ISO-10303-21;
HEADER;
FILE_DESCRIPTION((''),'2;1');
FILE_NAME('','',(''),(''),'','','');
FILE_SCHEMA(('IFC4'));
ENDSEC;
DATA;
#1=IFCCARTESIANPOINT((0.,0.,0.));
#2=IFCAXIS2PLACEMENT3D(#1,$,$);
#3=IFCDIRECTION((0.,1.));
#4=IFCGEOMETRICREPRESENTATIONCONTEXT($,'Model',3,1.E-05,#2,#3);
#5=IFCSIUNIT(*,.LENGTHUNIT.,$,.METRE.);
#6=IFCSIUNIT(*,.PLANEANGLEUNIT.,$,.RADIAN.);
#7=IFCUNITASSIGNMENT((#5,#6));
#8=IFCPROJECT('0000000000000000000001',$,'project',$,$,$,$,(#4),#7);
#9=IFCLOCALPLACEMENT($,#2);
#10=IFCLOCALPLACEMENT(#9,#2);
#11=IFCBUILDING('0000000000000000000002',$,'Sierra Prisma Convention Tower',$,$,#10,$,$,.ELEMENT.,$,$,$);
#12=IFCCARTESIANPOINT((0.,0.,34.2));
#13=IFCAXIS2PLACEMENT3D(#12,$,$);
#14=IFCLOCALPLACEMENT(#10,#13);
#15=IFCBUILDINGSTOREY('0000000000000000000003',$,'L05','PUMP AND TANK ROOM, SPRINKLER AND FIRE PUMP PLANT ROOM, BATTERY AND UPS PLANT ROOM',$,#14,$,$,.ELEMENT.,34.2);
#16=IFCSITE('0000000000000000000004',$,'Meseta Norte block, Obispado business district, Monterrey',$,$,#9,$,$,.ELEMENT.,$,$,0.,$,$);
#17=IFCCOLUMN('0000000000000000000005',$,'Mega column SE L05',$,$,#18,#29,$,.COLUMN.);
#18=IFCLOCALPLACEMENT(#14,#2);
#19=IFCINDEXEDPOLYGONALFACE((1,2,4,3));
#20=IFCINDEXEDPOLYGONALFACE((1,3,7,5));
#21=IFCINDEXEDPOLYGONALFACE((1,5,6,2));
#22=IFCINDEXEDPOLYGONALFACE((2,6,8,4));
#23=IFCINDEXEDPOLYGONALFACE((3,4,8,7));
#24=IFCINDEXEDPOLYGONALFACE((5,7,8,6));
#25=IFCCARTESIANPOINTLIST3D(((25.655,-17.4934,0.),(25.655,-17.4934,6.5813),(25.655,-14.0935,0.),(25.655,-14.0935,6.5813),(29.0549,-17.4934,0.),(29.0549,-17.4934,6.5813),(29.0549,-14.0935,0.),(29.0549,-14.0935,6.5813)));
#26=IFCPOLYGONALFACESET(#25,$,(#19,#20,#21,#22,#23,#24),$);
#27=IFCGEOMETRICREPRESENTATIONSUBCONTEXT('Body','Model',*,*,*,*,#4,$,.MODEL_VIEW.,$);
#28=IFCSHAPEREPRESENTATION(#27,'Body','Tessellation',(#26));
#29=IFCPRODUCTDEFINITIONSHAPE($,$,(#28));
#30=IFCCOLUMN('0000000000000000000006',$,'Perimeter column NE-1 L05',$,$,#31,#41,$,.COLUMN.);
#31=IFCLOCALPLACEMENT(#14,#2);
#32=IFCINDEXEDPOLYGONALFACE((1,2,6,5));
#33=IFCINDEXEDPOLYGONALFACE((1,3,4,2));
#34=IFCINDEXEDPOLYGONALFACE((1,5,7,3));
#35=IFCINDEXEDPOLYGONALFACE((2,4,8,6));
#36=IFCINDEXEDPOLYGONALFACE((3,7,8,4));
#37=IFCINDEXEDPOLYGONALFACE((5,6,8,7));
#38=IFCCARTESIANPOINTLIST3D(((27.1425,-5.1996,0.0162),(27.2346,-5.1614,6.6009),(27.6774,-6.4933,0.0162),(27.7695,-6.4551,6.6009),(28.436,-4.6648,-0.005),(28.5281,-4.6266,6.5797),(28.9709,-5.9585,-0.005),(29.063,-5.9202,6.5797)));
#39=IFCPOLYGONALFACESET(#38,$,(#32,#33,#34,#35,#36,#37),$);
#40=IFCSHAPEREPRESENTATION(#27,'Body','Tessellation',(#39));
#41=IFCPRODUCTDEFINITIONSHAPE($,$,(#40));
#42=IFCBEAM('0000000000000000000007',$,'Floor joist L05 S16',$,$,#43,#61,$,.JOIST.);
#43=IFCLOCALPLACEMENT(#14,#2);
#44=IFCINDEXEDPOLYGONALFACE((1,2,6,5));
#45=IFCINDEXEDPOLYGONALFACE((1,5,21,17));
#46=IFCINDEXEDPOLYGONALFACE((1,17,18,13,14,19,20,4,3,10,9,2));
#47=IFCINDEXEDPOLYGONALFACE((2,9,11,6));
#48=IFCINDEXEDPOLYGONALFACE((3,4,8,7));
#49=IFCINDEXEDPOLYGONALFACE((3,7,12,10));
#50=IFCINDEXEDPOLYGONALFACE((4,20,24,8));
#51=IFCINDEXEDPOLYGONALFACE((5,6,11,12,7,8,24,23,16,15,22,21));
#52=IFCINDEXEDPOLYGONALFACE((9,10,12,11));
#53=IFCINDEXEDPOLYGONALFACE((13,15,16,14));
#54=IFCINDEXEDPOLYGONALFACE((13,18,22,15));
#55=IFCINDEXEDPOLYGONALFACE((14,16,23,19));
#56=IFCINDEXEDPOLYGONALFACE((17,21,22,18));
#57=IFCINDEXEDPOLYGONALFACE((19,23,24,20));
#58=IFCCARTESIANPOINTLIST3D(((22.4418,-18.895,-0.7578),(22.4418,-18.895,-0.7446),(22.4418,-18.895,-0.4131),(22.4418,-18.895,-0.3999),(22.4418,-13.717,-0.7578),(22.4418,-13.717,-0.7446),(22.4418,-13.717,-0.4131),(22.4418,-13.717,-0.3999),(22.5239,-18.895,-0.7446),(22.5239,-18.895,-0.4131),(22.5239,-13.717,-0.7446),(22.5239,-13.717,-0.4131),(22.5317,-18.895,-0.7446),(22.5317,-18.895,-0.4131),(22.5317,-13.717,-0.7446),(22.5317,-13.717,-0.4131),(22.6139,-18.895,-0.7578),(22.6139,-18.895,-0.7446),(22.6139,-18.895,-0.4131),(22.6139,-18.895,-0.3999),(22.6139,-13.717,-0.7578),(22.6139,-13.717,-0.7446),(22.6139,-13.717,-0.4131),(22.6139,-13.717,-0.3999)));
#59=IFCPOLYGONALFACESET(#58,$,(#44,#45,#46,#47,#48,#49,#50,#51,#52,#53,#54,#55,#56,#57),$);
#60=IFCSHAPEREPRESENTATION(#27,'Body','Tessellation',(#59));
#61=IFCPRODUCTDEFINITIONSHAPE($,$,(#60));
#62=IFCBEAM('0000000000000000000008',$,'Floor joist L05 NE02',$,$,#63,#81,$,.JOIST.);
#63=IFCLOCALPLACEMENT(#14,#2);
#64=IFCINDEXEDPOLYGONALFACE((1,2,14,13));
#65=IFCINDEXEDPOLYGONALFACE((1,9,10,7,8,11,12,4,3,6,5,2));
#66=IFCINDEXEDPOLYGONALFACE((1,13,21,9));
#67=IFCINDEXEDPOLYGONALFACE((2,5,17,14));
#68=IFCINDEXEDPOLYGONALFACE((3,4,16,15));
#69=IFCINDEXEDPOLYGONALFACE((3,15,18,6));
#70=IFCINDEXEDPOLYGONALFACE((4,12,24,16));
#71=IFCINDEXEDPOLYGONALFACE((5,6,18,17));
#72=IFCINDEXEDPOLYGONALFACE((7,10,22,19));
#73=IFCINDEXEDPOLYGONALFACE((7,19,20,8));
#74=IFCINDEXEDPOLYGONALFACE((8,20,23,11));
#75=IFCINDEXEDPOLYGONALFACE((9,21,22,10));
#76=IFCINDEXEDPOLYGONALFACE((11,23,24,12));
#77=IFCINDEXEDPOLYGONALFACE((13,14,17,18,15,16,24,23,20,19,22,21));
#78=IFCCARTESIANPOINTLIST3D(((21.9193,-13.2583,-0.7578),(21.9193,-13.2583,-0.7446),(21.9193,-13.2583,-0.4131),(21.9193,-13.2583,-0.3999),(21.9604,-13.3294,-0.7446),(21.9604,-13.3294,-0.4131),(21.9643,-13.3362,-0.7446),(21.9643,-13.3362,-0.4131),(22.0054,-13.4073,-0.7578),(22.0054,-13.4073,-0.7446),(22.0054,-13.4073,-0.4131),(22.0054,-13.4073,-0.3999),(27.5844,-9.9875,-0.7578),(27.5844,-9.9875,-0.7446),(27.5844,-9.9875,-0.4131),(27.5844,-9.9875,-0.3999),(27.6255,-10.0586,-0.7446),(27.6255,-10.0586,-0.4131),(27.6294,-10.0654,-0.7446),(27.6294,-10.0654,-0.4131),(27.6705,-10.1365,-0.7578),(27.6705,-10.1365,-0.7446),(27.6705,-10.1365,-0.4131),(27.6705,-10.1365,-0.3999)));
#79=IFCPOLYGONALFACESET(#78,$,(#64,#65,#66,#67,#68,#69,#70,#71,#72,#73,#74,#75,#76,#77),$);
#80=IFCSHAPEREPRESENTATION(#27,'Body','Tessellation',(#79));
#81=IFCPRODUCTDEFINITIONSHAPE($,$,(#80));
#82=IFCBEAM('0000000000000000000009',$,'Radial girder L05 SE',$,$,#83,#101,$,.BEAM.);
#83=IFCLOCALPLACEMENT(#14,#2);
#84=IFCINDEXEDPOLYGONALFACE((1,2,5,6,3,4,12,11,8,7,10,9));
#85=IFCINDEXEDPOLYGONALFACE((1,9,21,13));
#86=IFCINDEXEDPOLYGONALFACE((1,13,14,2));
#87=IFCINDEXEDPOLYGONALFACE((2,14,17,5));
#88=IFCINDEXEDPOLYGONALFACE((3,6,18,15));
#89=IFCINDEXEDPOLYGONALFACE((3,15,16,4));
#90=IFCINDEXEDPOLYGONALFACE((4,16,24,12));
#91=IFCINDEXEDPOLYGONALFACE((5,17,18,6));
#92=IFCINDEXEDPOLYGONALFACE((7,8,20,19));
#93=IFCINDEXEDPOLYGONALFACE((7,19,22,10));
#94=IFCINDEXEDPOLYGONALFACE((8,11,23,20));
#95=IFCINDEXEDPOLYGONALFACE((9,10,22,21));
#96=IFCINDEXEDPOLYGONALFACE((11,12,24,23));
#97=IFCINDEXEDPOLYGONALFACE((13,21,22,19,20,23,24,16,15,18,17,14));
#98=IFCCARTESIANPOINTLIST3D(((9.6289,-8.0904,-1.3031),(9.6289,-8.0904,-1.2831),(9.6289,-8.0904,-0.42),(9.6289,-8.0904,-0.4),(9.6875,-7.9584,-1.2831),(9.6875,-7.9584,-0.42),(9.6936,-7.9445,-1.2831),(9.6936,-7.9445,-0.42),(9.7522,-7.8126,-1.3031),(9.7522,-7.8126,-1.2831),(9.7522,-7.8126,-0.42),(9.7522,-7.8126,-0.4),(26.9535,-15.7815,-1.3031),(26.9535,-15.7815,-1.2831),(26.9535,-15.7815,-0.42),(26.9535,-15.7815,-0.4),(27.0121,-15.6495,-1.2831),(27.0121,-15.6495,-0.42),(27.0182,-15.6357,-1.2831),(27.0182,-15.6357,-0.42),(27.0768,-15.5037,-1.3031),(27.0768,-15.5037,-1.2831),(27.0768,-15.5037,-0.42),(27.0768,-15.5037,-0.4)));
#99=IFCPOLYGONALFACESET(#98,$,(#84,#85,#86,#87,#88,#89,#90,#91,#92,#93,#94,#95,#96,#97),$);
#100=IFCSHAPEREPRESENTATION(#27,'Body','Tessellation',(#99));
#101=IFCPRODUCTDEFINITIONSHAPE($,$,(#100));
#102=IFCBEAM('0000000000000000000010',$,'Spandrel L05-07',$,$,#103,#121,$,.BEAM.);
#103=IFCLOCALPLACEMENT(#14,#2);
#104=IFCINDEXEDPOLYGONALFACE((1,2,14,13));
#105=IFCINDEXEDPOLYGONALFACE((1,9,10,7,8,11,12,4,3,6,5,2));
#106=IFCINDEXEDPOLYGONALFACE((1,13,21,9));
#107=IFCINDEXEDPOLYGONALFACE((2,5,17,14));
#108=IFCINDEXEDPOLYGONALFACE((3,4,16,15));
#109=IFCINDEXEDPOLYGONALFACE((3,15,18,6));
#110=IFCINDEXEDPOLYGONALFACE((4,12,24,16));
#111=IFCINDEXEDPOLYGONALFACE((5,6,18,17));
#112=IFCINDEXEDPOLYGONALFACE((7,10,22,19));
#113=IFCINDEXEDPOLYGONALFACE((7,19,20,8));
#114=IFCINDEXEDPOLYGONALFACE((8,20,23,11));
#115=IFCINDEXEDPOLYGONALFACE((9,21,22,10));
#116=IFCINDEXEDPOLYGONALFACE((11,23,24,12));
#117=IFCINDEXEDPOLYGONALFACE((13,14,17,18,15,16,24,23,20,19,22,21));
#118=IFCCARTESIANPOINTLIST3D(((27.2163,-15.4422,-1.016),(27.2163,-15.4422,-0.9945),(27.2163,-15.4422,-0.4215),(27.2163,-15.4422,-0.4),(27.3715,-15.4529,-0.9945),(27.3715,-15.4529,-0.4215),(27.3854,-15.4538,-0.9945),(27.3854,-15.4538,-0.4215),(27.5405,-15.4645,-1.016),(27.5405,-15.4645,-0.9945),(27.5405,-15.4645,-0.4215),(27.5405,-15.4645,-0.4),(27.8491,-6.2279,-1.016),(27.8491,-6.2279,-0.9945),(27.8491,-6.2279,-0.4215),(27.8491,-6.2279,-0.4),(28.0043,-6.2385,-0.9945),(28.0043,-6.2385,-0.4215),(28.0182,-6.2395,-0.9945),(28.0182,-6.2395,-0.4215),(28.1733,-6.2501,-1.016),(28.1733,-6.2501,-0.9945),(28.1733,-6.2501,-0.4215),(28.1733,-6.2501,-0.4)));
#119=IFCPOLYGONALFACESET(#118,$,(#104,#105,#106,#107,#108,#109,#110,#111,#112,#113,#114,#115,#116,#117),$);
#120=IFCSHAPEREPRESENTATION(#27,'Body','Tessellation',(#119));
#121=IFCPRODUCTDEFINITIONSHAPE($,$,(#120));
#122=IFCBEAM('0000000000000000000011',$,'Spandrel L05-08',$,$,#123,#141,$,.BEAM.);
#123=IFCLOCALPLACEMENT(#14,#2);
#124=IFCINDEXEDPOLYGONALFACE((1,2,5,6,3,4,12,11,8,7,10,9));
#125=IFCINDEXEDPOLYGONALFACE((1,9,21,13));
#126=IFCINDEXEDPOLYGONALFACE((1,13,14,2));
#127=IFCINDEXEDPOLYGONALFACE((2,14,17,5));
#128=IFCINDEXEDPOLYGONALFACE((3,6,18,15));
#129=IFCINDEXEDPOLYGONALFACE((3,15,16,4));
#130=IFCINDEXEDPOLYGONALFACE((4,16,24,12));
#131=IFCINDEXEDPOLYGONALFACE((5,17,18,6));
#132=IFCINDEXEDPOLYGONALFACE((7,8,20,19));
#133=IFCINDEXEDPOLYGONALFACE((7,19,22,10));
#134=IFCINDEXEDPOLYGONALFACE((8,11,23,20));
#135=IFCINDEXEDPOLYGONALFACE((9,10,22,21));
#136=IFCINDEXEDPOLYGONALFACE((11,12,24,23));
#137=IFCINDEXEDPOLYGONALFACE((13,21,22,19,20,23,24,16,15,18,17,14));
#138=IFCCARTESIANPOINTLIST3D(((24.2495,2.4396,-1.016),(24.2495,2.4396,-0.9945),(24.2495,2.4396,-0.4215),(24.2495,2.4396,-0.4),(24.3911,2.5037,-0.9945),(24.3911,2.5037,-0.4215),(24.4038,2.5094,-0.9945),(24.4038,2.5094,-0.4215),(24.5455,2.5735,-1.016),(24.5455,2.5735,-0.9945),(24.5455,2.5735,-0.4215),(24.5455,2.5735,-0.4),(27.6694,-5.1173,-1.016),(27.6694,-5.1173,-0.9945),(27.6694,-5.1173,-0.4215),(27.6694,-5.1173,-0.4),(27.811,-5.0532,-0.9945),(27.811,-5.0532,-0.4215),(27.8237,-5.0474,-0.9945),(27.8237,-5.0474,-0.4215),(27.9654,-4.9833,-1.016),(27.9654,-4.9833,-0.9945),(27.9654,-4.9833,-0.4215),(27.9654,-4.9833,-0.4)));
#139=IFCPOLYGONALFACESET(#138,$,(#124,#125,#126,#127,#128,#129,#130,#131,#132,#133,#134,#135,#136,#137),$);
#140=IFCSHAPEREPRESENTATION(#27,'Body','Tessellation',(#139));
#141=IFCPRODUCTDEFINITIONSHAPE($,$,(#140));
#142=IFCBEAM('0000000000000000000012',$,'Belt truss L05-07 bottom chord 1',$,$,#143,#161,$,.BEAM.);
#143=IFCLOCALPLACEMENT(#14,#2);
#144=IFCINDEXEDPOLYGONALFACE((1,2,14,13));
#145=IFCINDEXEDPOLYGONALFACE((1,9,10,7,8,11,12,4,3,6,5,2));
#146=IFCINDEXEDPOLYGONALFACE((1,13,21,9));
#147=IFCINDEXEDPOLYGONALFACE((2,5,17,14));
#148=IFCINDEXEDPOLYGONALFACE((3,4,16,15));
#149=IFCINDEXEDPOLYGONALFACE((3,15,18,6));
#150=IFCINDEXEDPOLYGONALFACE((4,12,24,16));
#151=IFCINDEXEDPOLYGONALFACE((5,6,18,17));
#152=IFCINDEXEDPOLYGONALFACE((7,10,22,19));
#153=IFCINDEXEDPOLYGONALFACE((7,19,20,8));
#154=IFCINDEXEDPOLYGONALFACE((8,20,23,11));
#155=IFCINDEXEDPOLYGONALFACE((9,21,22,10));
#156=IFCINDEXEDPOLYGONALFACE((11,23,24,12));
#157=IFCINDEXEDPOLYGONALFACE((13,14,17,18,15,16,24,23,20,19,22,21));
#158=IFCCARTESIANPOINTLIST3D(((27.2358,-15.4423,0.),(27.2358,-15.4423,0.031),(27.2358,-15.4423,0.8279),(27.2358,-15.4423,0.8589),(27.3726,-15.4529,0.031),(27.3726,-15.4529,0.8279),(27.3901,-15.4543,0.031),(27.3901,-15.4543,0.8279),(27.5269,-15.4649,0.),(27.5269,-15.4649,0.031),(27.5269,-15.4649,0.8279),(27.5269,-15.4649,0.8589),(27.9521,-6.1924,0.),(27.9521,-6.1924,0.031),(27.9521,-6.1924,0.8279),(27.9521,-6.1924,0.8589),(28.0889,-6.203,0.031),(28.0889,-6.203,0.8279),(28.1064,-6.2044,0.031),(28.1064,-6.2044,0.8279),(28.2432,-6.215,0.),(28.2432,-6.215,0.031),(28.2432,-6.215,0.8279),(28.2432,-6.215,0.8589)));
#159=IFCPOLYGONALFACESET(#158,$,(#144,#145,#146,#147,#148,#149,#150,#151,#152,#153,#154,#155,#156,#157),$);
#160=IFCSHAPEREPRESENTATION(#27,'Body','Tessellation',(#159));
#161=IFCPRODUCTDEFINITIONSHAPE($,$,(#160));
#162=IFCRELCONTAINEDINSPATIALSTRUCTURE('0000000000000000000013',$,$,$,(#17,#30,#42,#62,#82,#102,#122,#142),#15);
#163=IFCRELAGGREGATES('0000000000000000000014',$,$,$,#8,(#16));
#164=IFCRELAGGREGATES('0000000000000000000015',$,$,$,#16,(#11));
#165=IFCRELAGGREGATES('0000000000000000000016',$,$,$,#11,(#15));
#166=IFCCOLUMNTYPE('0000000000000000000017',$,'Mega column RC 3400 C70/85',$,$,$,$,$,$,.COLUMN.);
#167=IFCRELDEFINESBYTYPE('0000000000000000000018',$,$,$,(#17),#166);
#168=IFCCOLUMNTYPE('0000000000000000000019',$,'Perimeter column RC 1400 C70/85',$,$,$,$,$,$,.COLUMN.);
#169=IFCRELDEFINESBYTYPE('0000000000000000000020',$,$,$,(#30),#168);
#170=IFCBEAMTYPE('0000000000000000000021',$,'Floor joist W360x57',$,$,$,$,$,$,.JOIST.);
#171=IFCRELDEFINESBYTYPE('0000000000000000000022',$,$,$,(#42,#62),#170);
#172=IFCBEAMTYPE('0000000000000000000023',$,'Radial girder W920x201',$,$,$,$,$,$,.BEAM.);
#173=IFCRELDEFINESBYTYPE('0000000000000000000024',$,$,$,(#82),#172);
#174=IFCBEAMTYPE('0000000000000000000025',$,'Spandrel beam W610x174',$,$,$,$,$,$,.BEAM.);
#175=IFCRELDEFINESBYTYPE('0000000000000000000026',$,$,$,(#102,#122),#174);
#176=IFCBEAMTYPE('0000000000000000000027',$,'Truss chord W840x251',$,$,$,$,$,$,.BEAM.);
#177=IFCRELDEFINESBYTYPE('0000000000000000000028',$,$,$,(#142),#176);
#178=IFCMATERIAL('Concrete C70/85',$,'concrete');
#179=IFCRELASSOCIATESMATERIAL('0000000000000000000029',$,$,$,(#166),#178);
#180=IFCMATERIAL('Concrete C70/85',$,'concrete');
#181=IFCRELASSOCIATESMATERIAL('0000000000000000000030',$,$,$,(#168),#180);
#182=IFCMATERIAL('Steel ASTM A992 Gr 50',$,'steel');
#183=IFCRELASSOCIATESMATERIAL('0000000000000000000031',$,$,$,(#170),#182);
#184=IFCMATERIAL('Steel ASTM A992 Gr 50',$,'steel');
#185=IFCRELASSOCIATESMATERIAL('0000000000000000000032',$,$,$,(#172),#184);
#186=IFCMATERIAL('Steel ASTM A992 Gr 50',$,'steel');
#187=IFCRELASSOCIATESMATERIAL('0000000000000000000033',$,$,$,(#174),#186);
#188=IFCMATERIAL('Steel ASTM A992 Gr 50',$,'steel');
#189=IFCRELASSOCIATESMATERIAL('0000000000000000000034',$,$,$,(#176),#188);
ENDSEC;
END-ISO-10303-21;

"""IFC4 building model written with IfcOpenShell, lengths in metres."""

from ifc_helpers import new_model, si_unit, direction, frame, origin, origin_2d, place, context, subcontext, project, spatial, rectangle, i_section, extrude, clip, halfspace, material, material_profile, profile_set, type_object, element, save


model = new_model("IFC4")

# Units and contexts
model_context = context("Model", 3, precision=1e-05, world=origin(), true_north=direction((0.0, 1.0)))
body_context = subcontext(model_context, "Body", "Model", "MODEL_VIEW")
ifc_project = project(units=[si_unit("LENGTHUNIT", "METRE"), si_unit("PLANEANGLEUNIT", "RADIAN")], contexts=[model_context])

# Site, building, storey
site_placement = place(None, origin())
site = spatial("IfcSite", under=ifc_project, at=site_placement, Name="Meseta Norte block, Obispado business district, Monterrey", CompositionType="ELEMENT", RefElevation=0.0)
building_placement = place(site_placement, origin())
building = spatial("IfcBuilding", under=site, at=building_placement, Name="Sierra Prisma Convention Tower", CompositionType="ELEMENT")
storey_placement = place(building_placement, frame((0.0, 0.0, 34.2)))
storey = spatial("IfcBuildingStorey", under=building, at=storey_placement, Name="L05", Description="PUMP AND TANK ROOM, SPRINKLER AND FIRE PUMP PLANT ROOM, BATTERY AND UPS PLANT ROOM", CompositionType="ELEMENT", Elevation=34.2)

# Columns
ifc_material_1 = material(Name="Concrete C70/85", Category="concrete")
ifc_material_profile_1 = material_profile(ifc_material_1, rectangle(XDim=3.3999, YDim=3.3999, at=origin_2d()), Name="Mega column RC 3400 C70/85")
ifc_profile_set_1 = profile_set([ifc_material_profile_1], Name="Concrete C70/85")
column_type_1 = type_object("IfcColumnType", Name="Mega column RC 3400 C70/85", PredefinedType="COLUMN", material=ifc_profile_set_1)
column_1_placement = place(storey_placement, frame((27.355, -15.7935, 0.0), z_axis=(0.0, 0.0, 1.0), x_axis=(1.0, 0.0, 0.0)))
element("IfcColumn", 1, at=column_1_placement, inside=storey, type_object=column_type_1, Name="Mega column SE L05", PredefinedType="COLUMN", context=body_context, shape_type="SweptSolid", body=[
    clip(extrude(rectangle(XDim=3.3999, YDim=3.3999, at=origin_2d()), origin(), (0.0, 0.0, 1.0), 6.6001), halfspace(frame((0.0, 0.0, 6.5813)), False)),
])
ifc_material_2 = material(Name="Concrete C70/85", Category="concrete")
ifc_material_profile_2 = material_profile(ifc_material_2, rectangle(XDim=1.3999, YDim=1.3999, at=origin_2d()), Name="Perimeter column RC 1400 C70/85")
ifc_profile_set_2 = profile_set([ifc_material_profile_2], Name="Concrete C70/85")
column_type_2 = type_object("IfcColumnType", Name="Perimeter column RC 1400 C70/85", PredefinedType="COLUMN", material=ifc_profile_set_2)
column_2_placement = place(storey_placement, frame((28.0566, -5.5791, 0.0), z_axis=(0.013981, 0.005807, 0.999885), x_axis=(-0.382098, 0.924122, -0.000024)))
element("IfcColumn", 2, at=column_2_placement, inside=storey, type_object=column_type_2, Name="Perimeter column NE-1 L05", PredefinedType="COLUMN", context=body_context, shape_type="SweptSolid", body=[
    clip(clip(extrude(rectangle(XDim=1.3999, YDim=1.3999, at=origin_2d()), origin(), (0.0, 0.0, 1.0), 6.6008), halfspace(frame((0.0, 0.0, 0.0056)), True)), halfspace(frame((0.0, 0.0, 6.5911)), False)),
])

# Beams
ifc_material_3 = material(Name="Steel ASTM A992 Gr 50", Category="steel")
ifc_material_profile_3 = material_profile(ifc_material_3, i_section(OverallWidth=0.1721, OverallDepth=0.3579, WebThickness=0.0078, FlangeThickness=0.0132, at=origin_2d()), Name="W360x57")
ifc_profile_set_3 = profile_set([ifc_material_profile_3], Name="Steel ASTM A992 Gr 50")
beam_type_1 = type_object("IfcBeamType", Name="Floor joist W360x57", PredefinedType="JOIST", material=ifc_profile_set_3)
beam_1_placement = place(storey_placement, frame((22.5278, -18.895, -0.5789), z_axis=(0.0, 1.0, 0.0), x_axis=(-1.0, 0.0, 0.0)))
element("IfcBeam", 3, at=beam_1_placement, inside=storey, type_object=beam_type_1, Name="Floor joist L05 S16", PredefinedType="JOIST", context=body_context, shape_type="SweptSolid", body=[
    extrude(i_section(OverallWidth=0.1721, OverallDepth=0.3579, WebThickness=0.0078, FlangeThickness=0.0132, at=origin_2d()), origin(), (0.0, 0.0, 1.0), 5.178),
])
beam_2_placement = place(storey_placement, frame((27.6274, -10.062, -0.5789), z_axis=(-0.866023, -0.500005, 0.0), x_axis=(0.500005, -0.866023, 0.0)))
element("IfcBeam", 4, at=beam_2_placement, inside=storey, type_object=beam_type_1, Name="Floor joist L05 NE02", PredefinedType="JOIST", context=body_context, shape_type="SweptSolid", body=[
    extrude(i_section(OverallWidth=0.1721, OverallDepth=0.3579, WebThickness=0.0078, FlangeThickness=0.0132, at=origin_2d()), origin(), (0.0, 0.0, 1.0), 6.5415),
])
ifc_material_4 = material(Name="Steel ASTM A992 Gr 50", Category="steel")
ifc_material_profile_4 = material_profile(ifc_material_4, i_section(OverallWidth=0.304, OverallDepth=0.9031, WebThickness=0.0151, FlangeThickness=0.02, at=origin_2d()), Name="W920x201")
ifc_profile_set_4 = profile_set([ifc_material_profile_4], Name="Steel ASTM A992 Gr 50")
beam_type_2 = type_object("IfcBeamType", Name="Radial girder W920x201", PredefinedType="BEAM", material=ifc_profile_set_4)
beam_3_placement = place(storey_placement, frame((27.0151, -15.6426, -0.8516), z_axis=(-0.913982, 0.405755, 0.0), x_axis=(-0.405755, -0.913982, 0.0)))
element("IfcBeam", 5, at=beam_3_placement, inside=storey, type_object=beam_type_2, Name="Radial girder L05 SE", PredefinedType="BEAM", context=body_context, shape_type="SweptSolid", body=[
    extrude(i_section(OverallWidth=0.304, OverallDepth=0.9031, WebThickness=0.0151, FlangeThickness=0.02, at=origin_2d()), origin(), (0.0, 0.0, 1.0), 18.9551),
])
ifc_material_5 = material(Name="Steel ASTM A992 Gr 50", Category="steel")
ifc_material_profile_5 = material_profile(ifc_material_5, i_section(OverallWidth=0.325, OverallDepth=0.616, WebThickness=0.0139, FlangeThickness=0.0215, at=origin_2d()), Name="W610x174")
ifc_profile_set_5 = profile_set([ifc_material_profile_5], Name="Steel ASTM A992 Gr 50")
beam_type_3 = type_object("IfcBeamType", Name="Spandrel beam W610x174", PredefinedType="BEAM", material=ifc_profile_set_5)
beam_4_placement = place(storey_placement, frame((27.3784, -15.4534, -0.708), z_axis=(0.068515, 0.99765, 0.0), x_axis=(-0.99765, 0.068515, 0.0)))
element("IfcBeam", 6, at=beam_4_placement, inside=storey, type_object=beam_type_3, Name="Spandrel L05-07", PredefinedType="BEAM", context=body_context, shape_type="SweptSolid", body=[
    extrude(i_section(OverallWidth=0.325, OverallDepth=0.616, WebThickness=0.0139, FlangeThickness=0.0215, at=origin_2d()), origin(), (0.0, 0.0, 1.0), 9.2361),
])
beam_5_placement = place(storey_placement, frame((27.8174, -5.0503, -0.708), z_axis=(-0.412301, 0.911048, 0.0), x_axis=(-0.911048, -0.412301, 0.0)))
element("IfcBeam", 7, at=beam_5_placement, inside=storey, type_object=beam_type_3, Name="Spandrel L05-08", PredefinedType="BEAM", context=body_context, shape_type="SweptSolid", body=[
    extrude(i_section(OverallWidth=0.325, OverallDepth=0.616, WebThickness=0.0139, FlangeThickness=0.0215, at=origin_2d()), origin(), (0.0, 0.0, 1.0), 8.2947),
])
ifc_material_6 = material(Name="Steel ASTM A992 Gr 50", Category="steel")
ifc_material_profile_6 = material_profile(ifc_material_6, i_section(OverallWidth=0.292, OverallDepth=0.8589, WebThickness=0.0176, FlangeThickness=0.031, at=origin_2d()), Name="W840x251")
ifc_profile_set_6 = profile_set([ifc_material_profile_6], Name="Steel ASTM A992 Gr 50")
beam_type_4 = type_object("IfcBeamType", Name="Truss chord W840x251", PredefinedType="BEAM", material=ifc_profile_set_6)
beam_6_placement = place(storey_placement, frame((27.3813, -15.4536, 0.4294), z_axis=(0.077208, 0.997015, 0.0), x_axis=(-0.997015, 0.077208, 0.0)))
element("IfcBeam", 8, at=beam_6_placement, inside=storey, type_object=beam_type_4, Name="Belt truss L05-07 bottom chord 1", PredefinedType="BEAM", context=body_context, shape_type="SweptSolid", body=[
    extrude(i_section(OverallWidth=0.292, OverallDepth=0.8589, WebThickness=0.0176, FlangeThickness=0.031, at=origin_2d()), origin(), (0.0, 0.0, 1.0), 9.2776),
])

save(model, "model.ifc")
